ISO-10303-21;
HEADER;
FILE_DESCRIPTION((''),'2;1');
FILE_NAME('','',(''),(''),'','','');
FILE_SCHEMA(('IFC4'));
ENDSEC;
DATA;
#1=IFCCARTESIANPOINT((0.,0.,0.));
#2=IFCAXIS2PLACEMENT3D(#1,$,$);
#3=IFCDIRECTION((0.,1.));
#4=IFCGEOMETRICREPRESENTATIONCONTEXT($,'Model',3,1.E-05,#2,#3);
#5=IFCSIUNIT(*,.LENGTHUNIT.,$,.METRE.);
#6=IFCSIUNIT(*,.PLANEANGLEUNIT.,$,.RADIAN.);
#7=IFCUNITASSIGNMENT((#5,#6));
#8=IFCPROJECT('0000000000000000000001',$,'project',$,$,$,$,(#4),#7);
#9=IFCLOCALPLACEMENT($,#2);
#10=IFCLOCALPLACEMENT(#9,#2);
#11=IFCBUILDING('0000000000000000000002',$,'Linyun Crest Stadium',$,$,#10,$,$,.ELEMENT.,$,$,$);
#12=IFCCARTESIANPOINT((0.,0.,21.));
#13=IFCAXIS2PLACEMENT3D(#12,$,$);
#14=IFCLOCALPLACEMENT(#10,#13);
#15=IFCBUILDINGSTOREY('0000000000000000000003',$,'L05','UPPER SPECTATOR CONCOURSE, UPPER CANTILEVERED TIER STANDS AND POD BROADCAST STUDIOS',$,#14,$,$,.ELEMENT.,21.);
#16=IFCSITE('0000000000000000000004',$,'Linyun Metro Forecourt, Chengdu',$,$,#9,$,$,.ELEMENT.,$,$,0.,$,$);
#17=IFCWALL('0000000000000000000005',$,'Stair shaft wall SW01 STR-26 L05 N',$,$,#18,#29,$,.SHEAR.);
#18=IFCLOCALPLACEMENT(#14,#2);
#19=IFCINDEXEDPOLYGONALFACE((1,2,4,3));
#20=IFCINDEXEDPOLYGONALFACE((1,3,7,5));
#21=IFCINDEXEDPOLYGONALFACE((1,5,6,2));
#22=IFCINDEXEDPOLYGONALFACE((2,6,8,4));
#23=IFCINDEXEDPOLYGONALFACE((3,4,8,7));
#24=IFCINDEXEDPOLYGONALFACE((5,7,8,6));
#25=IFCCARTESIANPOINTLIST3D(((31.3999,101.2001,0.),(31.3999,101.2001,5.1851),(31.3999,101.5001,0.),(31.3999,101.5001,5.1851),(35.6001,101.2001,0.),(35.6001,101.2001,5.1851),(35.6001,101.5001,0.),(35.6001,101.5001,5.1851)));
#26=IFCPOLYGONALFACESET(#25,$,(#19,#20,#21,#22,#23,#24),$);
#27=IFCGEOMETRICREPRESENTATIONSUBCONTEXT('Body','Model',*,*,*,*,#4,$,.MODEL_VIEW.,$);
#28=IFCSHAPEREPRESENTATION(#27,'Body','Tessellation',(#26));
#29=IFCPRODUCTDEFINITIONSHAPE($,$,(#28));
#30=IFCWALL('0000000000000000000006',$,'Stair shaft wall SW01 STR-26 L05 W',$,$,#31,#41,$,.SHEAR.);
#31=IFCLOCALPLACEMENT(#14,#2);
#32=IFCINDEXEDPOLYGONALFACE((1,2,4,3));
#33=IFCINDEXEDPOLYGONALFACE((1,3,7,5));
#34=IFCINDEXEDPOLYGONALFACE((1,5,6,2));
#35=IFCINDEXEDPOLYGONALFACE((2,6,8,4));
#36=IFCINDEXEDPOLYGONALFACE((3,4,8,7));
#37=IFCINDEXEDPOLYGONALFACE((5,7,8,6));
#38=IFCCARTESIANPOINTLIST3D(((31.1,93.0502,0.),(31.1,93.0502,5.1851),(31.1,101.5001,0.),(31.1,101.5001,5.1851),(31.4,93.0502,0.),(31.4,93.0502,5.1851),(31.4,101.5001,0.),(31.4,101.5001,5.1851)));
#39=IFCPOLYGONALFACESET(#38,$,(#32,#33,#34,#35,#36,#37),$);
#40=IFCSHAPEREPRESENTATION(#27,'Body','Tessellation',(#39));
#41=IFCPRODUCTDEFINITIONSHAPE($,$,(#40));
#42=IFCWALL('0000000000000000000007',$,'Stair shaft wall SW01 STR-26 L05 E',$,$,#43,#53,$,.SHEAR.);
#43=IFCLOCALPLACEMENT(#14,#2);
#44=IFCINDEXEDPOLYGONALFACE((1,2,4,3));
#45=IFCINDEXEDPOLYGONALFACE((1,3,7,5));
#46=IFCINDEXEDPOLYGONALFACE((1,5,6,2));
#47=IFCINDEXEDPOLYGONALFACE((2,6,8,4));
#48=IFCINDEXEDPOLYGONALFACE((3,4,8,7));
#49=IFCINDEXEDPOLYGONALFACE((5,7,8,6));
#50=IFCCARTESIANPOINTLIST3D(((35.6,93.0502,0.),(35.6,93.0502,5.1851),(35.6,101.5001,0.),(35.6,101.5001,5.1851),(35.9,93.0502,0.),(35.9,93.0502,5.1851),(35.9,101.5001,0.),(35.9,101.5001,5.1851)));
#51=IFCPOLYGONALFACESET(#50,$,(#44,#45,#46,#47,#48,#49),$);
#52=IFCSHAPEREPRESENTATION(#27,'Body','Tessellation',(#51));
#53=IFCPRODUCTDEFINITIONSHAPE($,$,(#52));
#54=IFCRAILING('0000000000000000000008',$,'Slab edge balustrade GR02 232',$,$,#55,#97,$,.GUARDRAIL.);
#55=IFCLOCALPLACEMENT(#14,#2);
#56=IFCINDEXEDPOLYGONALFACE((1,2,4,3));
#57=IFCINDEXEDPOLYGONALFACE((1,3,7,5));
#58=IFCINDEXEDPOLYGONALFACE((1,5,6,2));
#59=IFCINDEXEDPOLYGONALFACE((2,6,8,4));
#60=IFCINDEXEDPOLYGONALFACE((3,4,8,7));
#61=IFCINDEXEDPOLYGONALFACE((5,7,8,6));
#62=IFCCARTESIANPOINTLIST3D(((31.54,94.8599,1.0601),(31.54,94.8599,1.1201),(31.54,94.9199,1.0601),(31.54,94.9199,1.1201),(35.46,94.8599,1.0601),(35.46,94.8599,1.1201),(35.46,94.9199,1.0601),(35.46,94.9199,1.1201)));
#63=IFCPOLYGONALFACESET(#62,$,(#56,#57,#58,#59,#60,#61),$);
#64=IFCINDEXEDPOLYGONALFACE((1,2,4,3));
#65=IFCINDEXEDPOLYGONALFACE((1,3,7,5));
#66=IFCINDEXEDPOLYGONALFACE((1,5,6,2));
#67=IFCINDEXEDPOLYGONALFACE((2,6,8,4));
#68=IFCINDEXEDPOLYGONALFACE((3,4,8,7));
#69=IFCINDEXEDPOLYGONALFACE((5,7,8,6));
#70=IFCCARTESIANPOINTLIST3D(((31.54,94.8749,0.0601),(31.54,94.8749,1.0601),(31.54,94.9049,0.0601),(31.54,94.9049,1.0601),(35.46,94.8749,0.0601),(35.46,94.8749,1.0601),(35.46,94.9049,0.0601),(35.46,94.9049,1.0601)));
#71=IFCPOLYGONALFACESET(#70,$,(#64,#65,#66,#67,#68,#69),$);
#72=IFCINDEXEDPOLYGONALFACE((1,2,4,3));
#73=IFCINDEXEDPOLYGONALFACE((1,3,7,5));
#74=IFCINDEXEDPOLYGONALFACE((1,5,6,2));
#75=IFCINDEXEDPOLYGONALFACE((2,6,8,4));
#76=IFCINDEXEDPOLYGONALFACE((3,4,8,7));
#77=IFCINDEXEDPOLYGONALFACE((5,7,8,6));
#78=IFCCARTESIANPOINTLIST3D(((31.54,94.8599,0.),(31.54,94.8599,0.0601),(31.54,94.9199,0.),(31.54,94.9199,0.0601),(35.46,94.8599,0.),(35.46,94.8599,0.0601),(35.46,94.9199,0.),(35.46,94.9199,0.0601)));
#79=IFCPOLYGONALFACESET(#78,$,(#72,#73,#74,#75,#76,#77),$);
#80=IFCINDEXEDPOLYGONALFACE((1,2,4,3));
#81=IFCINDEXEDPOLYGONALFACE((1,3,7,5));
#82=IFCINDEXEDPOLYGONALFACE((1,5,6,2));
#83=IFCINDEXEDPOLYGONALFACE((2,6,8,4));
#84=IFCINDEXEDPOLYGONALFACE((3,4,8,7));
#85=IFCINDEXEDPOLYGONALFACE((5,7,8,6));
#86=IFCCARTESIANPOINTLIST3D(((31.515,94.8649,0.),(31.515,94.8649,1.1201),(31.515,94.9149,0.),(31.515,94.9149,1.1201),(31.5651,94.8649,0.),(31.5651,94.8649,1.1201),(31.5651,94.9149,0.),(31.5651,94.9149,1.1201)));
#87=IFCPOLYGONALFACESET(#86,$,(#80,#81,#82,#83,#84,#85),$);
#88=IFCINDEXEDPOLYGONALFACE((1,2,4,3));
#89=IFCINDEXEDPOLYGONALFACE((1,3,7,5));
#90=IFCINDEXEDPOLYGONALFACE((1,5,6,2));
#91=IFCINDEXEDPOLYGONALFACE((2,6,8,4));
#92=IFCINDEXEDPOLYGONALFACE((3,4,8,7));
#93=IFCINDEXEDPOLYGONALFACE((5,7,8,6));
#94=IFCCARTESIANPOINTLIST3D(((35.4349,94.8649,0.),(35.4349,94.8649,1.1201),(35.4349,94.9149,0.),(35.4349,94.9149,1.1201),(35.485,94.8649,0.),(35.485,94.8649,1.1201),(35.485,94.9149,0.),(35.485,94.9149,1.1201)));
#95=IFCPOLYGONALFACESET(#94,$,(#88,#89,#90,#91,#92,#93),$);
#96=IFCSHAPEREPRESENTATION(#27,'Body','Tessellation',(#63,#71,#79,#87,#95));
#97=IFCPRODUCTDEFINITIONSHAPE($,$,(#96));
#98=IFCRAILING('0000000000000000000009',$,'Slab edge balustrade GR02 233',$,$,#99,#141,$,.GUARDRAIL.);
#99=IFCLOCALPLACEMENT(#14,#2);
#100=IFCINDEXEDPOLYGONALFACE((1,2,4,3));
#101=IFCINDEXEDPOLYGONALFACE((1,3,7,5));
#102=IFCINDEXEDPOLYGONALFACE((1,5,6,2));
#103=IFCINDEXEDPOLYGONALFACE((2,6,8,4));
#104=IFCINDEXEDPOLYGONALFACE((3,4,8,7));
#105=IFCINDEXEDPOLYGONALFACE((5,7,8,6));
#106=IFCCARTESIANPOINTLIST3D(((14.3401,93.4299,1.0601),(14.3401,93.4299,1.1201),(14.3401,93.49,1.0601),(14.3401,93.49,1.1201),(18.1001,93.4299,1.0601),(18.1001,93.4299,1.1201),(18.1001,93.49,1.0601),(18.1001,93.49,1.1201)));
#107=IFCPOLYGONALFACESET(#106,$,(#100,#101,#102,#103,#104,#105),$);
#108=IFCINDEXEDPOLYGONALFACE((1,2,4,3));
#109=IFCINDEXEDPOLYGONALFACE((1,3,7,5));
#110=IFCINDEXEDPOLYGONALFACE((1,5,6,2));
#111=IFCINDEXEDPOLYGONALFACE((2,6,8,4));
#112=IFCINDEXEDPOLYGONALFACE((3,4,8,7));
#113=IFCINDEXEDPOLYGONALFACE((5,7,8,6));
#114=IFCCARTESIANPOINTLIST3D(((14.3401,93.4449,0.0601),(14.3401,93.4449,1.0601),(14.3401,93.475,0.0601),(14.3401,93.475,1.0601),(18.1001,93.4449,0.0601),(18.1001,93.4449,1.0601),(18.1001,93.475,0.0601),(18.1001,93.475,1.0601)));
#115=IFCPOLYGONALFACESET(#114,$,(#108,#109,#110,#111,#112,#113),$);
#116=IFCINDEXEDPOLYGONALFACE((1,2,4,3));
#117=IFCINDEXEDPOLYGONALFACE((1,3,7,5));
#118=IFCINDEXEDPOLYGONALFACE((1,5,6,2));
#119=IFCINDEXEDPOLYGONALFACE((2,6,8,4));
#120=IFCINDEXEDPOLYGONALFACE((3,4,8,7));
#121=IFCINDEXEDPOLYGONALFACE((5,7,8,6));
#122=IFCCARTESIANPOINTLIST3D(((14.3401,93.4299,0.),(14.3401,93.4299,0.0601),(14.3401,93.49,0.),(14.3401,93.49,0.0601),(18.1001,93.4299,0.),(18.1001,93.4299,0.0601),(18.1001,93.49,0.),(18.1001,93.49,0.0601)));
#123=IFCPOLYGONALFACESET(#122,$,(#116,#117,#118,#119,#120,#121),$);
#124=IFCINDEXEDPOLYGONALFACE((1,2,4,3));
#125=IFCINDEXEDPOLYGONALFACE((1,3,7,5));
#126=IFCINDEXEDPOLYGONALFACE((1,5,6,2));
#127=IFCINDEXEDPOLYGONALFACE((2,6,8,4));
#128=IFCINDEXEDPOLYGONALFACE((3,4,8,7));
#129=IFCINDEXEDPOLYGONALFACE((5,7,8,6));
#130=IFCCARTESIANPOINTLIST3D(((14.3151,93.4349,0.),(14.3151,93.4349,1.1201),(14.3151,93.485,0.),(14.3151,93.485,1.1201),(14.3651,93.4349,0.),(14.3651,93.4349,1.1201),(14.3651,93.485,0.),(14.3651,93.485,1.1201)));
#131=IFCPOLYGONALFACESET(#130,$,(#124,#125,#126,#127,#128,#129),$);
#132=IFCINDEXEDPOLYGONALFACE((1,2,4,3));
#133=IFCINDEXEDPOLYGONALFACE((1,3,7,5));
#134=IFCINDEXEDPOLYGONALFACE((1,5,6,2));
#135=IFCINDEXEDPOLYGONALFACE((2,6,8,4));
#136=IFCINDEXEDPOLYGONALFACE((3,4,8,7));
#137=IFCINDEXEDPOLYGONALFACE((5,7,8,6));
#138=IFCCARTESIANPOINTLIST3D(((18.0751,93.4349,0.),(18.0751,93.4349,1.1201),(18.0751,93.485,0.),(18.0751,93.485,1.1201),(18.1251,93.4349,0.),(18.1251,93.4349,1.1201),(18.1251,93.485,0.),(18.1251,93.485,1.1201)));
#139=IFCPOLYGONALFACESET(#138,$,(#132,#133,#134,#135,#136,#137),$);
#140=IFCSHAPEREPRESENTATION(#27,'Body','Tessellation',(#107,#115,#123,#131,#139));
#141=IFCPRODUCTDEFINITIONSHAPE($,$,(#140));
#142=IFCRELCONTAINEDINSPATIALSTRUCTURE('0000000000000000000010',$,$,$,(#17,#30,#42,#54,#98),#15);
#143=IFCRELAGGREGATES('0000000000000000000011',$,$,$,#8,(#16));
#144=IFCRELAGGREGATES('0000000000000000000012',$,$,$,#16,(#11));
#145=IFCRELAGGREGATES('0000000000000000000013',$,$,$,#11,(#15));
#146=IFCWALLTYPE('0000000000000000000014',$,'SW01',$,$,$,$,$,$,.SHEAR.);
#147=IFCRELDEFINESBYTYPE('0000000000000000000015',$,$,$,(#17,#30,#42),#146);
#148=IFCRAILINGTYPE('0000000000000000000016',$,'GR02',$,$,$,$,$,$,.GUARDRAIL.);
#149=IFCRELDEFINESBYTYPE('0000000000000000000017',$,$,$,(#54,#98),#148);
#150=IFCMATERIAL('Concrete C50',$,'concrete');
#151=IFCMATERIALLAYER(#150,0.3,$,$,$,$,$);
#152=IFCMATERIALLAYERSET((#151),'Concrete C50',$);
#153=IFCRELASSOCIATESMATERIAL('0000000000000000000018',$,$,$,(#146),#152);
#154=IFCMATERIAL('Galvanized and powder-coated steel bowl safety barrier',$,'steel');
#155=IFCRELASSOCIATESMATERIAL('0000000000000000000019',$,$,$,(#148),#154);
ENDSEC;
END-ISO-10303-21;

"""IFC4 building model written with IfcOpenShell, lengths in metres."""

from ifc_helpers import new_model, si_unit, direction, frame, frame_2d, origin, origin_2d, place, context, subcontext, project, spatial, rectangle, extrude, material, layer, layer_set, type_object, element, save


model = new_model("IFC4")

# Units and contexts
model_context = context("Model", 3, precision=1e-05, world=origin(), true_north=direction((0.0, 1.0)))
body_context = subcontext(model_context, "Body", "Model", "MODEL_VIEW")
ifc_project = project(units=[si_unit("LENGTHUNIT", "METRE"), si_unit("PLANEANGLEUNIT", "RADIAN")], contexts=[model_context])

# Site, building, storey
site_placement = place(None, origin())
site = spatial("IfcSite", under=ifc_project, at=site_placement, Name="Linyun Metro Forecourt, Chengdu", CompositionType="ELEMENT", RefElevation=0.0)
building_placement = place(site_placement, origin())
building = spatial("IfcBuilding", under=site, at=building_placement, Name="Linyun Crest Stadium", CompositionType="ELEMENT")
storey_placement = place(building_placement, frame((0.0, 0.0, 21.0)))
storey = spatial("IfcBuildingStorey", under=building, at=storey_placement, Name="L05", Description="UPPER SPECTATOR CONCOURSE, UPPER CANTILEVERED TIER STANDS AND POD BROADCAST STUDIOS", CompositionType="ELEMENT", Elevation=21.0)

# Shared definitions
ifc_material_1 = material(Name="Concrete C50", Category="concrete")
ifc_layer_1 = layer(ifc_material_1, 0.3)
ifc_layer_set_1 = layer_set([ifc_layer_1], Name="Concrete C50")
wall_type_1 = type_object("IfcWallType", Name="SW01", PredefinedType="SHEAR", material=ifc_layer_set_1)

# Walls
wall_1_placement = place(storey_placement, frame((31.3999, 101.3501, 0.0), z_axis=(0.0, 0.0, 1.0), x_axis=(1.0, 0.0, 0.0)))
element("IfcWall", 1, at=wall_1_placement, inside=storey, type_object=wall_type_1, Name="Stair shaft wall SW01 STR-26 L05 N", PredefinedType="SHEAR", context=body_context, shape_type="SweptSolid", body=[
    extrude(rectangle(XDim=4.2002, YDim=0.3, at=frame_2d((2.1001, 0.0))), origin(), (0.0, 0.0, 1.0), 5.1851),
])
for number, where, z_axis, x_axis, name in (
    (2, (31.25, 93.05, 0.0), (0.0, 0.0, 1.0), (0.0, 1.0, 0.0), "Stair shaft wall SW01 STR-26 L05 W"),
    (3, (35.75, 93.05, 0.0), (0.0, 0.0, 1.0), (0.0, 1.0, 0.0), "Stair shaft wall SW01 STR-26 L05 E"),
):
    element("IfcWall", number, at=place(storey_placement, frame(where, z_axis=z_axis, x_axis=x_axis)), inside=storey, type_object=wall_type_1, Name=name, PredefinedType="SHEAR", context=body_context, shape_type="SweptSolid", body=[
        extrude(rectangle(XDim=8.45, YDim=0.3, at=frame_2d((4.2251, 0.0))), origin(), (0.0, 0.0, 1.0), 5.1851),
    ])

# Railings
ifc_material_2 = material(Name="Galvanized and powder-coated steel bowl safety barrier", Category="steel")
railing_type_1 = type_object("IfcRailingType", Name="GR02", PredefinedType="GUARDRAIL", material=ifc_material_2)
railing_1_placement = place(storey_placement, frame((31.54, 94.8899, 0.0)))
element("IfcRailing", 4, at=railing_1_placement, inside=storey, type_object=railing_type_1, Name="Slab edge balustrade GR02 232", PredefinedType="GUARDRAIL", context=body_context, shape_type="SweptSolid", body=[
    extrude(rectangle(XDim=0.0601, YDim=0.0601, at=origin_2d()), frame((0.0, 0.0, 1.0901), z_axis=(1.0, 0.0, 0.0), x_axis=(0.0, 1.0, 0.0)), (0.0, 0.0, 1.0), 3.9199),
    extrude(rectangle(XDim=0.03, YDim=1.0, at=origin_2d()), frame((0.0, 0.0, 0.5601), z_axis=(1.0, 0.0, 0.0), x_axis=(0.0, 1.0, 0.0)), (0.0, 0.0, 1.0), 3.9199),
    extrude(rectangle(XDim=0.0601, YDim=0.0601, at=origin_2d()), frame((0.0, 0.0, 0.03), z_axis=(1.0, 0.0, 0.0), x_axis=(0.0, 1.0, 0.0)), (0.0, 0.0, 1.0), 3.9199),
    extrude(rectangle(XDim=0.05, YDim=0.05, at=origin_2d()), origin(), (0.0, 0.0, 1.0), 1.1201),
    extrude(rectangle(XDim=0.05, YDim=0.05, at=origin_2d()), frame((3.9199, 0.0, 0.0)), (0.0, 0.0, 1.0), 1.1201),
])
railing_2_placement = place(storey_placement, frame((14.3401, 93.46, 0.0)))
element("IfcRailing", 5, at=railing_2_placement, inside=storey, type_object=railing_type_1, Name="Slab edge balustrade GR02 233", PredefinedType="GUARDRAIL", context=body_context, shape_type="SweptSolid", body=[
    extrude(rectangle(XDim=0.0601, YDim=0.0601, at=origin_2d()), frame((0.0, 0.0, 1.0901), z_axis=(1.0, 0.0, 0.0), x_axis=(0.0, 1.0, 0.0)), (0.0, 0.0, 1.0), 3.76),
    extrude(rectangle(XDim=0.03, YDim=1.0, at=origin_2d()), frame((0.0, 0.0, 0.5601), z_axis=(1.0, 0.0, 0.0), x_axis=(0.0, 1.0, 0.0)), (0.0, 0.0, 1.0), 3.76),
    extrude(rectangle(XDim=0.0601, YDim=0.0601, at=origin_2d()), frame((0.0, 0.0, 0.03), z_axis=(1.0, 0.0, 0.0), x_axis=(0.0, 1.0, 0.0)), (0.0, 0.0, 1.0), 3.76),
    extrude(rectangle(XDim=0.05, YDim=0.05, at=origin_2d()), origin(), (0.0, 0.0, 1.0), 1.1201),
    extrude(rectangle(XDim=0.05, YDim=0.05, at=origin_2d()), frame((3.76, 0.0, 0.0)), (0.0, 0.0, 1.0), 1.1201),
])

save(model, "model.ifc")
